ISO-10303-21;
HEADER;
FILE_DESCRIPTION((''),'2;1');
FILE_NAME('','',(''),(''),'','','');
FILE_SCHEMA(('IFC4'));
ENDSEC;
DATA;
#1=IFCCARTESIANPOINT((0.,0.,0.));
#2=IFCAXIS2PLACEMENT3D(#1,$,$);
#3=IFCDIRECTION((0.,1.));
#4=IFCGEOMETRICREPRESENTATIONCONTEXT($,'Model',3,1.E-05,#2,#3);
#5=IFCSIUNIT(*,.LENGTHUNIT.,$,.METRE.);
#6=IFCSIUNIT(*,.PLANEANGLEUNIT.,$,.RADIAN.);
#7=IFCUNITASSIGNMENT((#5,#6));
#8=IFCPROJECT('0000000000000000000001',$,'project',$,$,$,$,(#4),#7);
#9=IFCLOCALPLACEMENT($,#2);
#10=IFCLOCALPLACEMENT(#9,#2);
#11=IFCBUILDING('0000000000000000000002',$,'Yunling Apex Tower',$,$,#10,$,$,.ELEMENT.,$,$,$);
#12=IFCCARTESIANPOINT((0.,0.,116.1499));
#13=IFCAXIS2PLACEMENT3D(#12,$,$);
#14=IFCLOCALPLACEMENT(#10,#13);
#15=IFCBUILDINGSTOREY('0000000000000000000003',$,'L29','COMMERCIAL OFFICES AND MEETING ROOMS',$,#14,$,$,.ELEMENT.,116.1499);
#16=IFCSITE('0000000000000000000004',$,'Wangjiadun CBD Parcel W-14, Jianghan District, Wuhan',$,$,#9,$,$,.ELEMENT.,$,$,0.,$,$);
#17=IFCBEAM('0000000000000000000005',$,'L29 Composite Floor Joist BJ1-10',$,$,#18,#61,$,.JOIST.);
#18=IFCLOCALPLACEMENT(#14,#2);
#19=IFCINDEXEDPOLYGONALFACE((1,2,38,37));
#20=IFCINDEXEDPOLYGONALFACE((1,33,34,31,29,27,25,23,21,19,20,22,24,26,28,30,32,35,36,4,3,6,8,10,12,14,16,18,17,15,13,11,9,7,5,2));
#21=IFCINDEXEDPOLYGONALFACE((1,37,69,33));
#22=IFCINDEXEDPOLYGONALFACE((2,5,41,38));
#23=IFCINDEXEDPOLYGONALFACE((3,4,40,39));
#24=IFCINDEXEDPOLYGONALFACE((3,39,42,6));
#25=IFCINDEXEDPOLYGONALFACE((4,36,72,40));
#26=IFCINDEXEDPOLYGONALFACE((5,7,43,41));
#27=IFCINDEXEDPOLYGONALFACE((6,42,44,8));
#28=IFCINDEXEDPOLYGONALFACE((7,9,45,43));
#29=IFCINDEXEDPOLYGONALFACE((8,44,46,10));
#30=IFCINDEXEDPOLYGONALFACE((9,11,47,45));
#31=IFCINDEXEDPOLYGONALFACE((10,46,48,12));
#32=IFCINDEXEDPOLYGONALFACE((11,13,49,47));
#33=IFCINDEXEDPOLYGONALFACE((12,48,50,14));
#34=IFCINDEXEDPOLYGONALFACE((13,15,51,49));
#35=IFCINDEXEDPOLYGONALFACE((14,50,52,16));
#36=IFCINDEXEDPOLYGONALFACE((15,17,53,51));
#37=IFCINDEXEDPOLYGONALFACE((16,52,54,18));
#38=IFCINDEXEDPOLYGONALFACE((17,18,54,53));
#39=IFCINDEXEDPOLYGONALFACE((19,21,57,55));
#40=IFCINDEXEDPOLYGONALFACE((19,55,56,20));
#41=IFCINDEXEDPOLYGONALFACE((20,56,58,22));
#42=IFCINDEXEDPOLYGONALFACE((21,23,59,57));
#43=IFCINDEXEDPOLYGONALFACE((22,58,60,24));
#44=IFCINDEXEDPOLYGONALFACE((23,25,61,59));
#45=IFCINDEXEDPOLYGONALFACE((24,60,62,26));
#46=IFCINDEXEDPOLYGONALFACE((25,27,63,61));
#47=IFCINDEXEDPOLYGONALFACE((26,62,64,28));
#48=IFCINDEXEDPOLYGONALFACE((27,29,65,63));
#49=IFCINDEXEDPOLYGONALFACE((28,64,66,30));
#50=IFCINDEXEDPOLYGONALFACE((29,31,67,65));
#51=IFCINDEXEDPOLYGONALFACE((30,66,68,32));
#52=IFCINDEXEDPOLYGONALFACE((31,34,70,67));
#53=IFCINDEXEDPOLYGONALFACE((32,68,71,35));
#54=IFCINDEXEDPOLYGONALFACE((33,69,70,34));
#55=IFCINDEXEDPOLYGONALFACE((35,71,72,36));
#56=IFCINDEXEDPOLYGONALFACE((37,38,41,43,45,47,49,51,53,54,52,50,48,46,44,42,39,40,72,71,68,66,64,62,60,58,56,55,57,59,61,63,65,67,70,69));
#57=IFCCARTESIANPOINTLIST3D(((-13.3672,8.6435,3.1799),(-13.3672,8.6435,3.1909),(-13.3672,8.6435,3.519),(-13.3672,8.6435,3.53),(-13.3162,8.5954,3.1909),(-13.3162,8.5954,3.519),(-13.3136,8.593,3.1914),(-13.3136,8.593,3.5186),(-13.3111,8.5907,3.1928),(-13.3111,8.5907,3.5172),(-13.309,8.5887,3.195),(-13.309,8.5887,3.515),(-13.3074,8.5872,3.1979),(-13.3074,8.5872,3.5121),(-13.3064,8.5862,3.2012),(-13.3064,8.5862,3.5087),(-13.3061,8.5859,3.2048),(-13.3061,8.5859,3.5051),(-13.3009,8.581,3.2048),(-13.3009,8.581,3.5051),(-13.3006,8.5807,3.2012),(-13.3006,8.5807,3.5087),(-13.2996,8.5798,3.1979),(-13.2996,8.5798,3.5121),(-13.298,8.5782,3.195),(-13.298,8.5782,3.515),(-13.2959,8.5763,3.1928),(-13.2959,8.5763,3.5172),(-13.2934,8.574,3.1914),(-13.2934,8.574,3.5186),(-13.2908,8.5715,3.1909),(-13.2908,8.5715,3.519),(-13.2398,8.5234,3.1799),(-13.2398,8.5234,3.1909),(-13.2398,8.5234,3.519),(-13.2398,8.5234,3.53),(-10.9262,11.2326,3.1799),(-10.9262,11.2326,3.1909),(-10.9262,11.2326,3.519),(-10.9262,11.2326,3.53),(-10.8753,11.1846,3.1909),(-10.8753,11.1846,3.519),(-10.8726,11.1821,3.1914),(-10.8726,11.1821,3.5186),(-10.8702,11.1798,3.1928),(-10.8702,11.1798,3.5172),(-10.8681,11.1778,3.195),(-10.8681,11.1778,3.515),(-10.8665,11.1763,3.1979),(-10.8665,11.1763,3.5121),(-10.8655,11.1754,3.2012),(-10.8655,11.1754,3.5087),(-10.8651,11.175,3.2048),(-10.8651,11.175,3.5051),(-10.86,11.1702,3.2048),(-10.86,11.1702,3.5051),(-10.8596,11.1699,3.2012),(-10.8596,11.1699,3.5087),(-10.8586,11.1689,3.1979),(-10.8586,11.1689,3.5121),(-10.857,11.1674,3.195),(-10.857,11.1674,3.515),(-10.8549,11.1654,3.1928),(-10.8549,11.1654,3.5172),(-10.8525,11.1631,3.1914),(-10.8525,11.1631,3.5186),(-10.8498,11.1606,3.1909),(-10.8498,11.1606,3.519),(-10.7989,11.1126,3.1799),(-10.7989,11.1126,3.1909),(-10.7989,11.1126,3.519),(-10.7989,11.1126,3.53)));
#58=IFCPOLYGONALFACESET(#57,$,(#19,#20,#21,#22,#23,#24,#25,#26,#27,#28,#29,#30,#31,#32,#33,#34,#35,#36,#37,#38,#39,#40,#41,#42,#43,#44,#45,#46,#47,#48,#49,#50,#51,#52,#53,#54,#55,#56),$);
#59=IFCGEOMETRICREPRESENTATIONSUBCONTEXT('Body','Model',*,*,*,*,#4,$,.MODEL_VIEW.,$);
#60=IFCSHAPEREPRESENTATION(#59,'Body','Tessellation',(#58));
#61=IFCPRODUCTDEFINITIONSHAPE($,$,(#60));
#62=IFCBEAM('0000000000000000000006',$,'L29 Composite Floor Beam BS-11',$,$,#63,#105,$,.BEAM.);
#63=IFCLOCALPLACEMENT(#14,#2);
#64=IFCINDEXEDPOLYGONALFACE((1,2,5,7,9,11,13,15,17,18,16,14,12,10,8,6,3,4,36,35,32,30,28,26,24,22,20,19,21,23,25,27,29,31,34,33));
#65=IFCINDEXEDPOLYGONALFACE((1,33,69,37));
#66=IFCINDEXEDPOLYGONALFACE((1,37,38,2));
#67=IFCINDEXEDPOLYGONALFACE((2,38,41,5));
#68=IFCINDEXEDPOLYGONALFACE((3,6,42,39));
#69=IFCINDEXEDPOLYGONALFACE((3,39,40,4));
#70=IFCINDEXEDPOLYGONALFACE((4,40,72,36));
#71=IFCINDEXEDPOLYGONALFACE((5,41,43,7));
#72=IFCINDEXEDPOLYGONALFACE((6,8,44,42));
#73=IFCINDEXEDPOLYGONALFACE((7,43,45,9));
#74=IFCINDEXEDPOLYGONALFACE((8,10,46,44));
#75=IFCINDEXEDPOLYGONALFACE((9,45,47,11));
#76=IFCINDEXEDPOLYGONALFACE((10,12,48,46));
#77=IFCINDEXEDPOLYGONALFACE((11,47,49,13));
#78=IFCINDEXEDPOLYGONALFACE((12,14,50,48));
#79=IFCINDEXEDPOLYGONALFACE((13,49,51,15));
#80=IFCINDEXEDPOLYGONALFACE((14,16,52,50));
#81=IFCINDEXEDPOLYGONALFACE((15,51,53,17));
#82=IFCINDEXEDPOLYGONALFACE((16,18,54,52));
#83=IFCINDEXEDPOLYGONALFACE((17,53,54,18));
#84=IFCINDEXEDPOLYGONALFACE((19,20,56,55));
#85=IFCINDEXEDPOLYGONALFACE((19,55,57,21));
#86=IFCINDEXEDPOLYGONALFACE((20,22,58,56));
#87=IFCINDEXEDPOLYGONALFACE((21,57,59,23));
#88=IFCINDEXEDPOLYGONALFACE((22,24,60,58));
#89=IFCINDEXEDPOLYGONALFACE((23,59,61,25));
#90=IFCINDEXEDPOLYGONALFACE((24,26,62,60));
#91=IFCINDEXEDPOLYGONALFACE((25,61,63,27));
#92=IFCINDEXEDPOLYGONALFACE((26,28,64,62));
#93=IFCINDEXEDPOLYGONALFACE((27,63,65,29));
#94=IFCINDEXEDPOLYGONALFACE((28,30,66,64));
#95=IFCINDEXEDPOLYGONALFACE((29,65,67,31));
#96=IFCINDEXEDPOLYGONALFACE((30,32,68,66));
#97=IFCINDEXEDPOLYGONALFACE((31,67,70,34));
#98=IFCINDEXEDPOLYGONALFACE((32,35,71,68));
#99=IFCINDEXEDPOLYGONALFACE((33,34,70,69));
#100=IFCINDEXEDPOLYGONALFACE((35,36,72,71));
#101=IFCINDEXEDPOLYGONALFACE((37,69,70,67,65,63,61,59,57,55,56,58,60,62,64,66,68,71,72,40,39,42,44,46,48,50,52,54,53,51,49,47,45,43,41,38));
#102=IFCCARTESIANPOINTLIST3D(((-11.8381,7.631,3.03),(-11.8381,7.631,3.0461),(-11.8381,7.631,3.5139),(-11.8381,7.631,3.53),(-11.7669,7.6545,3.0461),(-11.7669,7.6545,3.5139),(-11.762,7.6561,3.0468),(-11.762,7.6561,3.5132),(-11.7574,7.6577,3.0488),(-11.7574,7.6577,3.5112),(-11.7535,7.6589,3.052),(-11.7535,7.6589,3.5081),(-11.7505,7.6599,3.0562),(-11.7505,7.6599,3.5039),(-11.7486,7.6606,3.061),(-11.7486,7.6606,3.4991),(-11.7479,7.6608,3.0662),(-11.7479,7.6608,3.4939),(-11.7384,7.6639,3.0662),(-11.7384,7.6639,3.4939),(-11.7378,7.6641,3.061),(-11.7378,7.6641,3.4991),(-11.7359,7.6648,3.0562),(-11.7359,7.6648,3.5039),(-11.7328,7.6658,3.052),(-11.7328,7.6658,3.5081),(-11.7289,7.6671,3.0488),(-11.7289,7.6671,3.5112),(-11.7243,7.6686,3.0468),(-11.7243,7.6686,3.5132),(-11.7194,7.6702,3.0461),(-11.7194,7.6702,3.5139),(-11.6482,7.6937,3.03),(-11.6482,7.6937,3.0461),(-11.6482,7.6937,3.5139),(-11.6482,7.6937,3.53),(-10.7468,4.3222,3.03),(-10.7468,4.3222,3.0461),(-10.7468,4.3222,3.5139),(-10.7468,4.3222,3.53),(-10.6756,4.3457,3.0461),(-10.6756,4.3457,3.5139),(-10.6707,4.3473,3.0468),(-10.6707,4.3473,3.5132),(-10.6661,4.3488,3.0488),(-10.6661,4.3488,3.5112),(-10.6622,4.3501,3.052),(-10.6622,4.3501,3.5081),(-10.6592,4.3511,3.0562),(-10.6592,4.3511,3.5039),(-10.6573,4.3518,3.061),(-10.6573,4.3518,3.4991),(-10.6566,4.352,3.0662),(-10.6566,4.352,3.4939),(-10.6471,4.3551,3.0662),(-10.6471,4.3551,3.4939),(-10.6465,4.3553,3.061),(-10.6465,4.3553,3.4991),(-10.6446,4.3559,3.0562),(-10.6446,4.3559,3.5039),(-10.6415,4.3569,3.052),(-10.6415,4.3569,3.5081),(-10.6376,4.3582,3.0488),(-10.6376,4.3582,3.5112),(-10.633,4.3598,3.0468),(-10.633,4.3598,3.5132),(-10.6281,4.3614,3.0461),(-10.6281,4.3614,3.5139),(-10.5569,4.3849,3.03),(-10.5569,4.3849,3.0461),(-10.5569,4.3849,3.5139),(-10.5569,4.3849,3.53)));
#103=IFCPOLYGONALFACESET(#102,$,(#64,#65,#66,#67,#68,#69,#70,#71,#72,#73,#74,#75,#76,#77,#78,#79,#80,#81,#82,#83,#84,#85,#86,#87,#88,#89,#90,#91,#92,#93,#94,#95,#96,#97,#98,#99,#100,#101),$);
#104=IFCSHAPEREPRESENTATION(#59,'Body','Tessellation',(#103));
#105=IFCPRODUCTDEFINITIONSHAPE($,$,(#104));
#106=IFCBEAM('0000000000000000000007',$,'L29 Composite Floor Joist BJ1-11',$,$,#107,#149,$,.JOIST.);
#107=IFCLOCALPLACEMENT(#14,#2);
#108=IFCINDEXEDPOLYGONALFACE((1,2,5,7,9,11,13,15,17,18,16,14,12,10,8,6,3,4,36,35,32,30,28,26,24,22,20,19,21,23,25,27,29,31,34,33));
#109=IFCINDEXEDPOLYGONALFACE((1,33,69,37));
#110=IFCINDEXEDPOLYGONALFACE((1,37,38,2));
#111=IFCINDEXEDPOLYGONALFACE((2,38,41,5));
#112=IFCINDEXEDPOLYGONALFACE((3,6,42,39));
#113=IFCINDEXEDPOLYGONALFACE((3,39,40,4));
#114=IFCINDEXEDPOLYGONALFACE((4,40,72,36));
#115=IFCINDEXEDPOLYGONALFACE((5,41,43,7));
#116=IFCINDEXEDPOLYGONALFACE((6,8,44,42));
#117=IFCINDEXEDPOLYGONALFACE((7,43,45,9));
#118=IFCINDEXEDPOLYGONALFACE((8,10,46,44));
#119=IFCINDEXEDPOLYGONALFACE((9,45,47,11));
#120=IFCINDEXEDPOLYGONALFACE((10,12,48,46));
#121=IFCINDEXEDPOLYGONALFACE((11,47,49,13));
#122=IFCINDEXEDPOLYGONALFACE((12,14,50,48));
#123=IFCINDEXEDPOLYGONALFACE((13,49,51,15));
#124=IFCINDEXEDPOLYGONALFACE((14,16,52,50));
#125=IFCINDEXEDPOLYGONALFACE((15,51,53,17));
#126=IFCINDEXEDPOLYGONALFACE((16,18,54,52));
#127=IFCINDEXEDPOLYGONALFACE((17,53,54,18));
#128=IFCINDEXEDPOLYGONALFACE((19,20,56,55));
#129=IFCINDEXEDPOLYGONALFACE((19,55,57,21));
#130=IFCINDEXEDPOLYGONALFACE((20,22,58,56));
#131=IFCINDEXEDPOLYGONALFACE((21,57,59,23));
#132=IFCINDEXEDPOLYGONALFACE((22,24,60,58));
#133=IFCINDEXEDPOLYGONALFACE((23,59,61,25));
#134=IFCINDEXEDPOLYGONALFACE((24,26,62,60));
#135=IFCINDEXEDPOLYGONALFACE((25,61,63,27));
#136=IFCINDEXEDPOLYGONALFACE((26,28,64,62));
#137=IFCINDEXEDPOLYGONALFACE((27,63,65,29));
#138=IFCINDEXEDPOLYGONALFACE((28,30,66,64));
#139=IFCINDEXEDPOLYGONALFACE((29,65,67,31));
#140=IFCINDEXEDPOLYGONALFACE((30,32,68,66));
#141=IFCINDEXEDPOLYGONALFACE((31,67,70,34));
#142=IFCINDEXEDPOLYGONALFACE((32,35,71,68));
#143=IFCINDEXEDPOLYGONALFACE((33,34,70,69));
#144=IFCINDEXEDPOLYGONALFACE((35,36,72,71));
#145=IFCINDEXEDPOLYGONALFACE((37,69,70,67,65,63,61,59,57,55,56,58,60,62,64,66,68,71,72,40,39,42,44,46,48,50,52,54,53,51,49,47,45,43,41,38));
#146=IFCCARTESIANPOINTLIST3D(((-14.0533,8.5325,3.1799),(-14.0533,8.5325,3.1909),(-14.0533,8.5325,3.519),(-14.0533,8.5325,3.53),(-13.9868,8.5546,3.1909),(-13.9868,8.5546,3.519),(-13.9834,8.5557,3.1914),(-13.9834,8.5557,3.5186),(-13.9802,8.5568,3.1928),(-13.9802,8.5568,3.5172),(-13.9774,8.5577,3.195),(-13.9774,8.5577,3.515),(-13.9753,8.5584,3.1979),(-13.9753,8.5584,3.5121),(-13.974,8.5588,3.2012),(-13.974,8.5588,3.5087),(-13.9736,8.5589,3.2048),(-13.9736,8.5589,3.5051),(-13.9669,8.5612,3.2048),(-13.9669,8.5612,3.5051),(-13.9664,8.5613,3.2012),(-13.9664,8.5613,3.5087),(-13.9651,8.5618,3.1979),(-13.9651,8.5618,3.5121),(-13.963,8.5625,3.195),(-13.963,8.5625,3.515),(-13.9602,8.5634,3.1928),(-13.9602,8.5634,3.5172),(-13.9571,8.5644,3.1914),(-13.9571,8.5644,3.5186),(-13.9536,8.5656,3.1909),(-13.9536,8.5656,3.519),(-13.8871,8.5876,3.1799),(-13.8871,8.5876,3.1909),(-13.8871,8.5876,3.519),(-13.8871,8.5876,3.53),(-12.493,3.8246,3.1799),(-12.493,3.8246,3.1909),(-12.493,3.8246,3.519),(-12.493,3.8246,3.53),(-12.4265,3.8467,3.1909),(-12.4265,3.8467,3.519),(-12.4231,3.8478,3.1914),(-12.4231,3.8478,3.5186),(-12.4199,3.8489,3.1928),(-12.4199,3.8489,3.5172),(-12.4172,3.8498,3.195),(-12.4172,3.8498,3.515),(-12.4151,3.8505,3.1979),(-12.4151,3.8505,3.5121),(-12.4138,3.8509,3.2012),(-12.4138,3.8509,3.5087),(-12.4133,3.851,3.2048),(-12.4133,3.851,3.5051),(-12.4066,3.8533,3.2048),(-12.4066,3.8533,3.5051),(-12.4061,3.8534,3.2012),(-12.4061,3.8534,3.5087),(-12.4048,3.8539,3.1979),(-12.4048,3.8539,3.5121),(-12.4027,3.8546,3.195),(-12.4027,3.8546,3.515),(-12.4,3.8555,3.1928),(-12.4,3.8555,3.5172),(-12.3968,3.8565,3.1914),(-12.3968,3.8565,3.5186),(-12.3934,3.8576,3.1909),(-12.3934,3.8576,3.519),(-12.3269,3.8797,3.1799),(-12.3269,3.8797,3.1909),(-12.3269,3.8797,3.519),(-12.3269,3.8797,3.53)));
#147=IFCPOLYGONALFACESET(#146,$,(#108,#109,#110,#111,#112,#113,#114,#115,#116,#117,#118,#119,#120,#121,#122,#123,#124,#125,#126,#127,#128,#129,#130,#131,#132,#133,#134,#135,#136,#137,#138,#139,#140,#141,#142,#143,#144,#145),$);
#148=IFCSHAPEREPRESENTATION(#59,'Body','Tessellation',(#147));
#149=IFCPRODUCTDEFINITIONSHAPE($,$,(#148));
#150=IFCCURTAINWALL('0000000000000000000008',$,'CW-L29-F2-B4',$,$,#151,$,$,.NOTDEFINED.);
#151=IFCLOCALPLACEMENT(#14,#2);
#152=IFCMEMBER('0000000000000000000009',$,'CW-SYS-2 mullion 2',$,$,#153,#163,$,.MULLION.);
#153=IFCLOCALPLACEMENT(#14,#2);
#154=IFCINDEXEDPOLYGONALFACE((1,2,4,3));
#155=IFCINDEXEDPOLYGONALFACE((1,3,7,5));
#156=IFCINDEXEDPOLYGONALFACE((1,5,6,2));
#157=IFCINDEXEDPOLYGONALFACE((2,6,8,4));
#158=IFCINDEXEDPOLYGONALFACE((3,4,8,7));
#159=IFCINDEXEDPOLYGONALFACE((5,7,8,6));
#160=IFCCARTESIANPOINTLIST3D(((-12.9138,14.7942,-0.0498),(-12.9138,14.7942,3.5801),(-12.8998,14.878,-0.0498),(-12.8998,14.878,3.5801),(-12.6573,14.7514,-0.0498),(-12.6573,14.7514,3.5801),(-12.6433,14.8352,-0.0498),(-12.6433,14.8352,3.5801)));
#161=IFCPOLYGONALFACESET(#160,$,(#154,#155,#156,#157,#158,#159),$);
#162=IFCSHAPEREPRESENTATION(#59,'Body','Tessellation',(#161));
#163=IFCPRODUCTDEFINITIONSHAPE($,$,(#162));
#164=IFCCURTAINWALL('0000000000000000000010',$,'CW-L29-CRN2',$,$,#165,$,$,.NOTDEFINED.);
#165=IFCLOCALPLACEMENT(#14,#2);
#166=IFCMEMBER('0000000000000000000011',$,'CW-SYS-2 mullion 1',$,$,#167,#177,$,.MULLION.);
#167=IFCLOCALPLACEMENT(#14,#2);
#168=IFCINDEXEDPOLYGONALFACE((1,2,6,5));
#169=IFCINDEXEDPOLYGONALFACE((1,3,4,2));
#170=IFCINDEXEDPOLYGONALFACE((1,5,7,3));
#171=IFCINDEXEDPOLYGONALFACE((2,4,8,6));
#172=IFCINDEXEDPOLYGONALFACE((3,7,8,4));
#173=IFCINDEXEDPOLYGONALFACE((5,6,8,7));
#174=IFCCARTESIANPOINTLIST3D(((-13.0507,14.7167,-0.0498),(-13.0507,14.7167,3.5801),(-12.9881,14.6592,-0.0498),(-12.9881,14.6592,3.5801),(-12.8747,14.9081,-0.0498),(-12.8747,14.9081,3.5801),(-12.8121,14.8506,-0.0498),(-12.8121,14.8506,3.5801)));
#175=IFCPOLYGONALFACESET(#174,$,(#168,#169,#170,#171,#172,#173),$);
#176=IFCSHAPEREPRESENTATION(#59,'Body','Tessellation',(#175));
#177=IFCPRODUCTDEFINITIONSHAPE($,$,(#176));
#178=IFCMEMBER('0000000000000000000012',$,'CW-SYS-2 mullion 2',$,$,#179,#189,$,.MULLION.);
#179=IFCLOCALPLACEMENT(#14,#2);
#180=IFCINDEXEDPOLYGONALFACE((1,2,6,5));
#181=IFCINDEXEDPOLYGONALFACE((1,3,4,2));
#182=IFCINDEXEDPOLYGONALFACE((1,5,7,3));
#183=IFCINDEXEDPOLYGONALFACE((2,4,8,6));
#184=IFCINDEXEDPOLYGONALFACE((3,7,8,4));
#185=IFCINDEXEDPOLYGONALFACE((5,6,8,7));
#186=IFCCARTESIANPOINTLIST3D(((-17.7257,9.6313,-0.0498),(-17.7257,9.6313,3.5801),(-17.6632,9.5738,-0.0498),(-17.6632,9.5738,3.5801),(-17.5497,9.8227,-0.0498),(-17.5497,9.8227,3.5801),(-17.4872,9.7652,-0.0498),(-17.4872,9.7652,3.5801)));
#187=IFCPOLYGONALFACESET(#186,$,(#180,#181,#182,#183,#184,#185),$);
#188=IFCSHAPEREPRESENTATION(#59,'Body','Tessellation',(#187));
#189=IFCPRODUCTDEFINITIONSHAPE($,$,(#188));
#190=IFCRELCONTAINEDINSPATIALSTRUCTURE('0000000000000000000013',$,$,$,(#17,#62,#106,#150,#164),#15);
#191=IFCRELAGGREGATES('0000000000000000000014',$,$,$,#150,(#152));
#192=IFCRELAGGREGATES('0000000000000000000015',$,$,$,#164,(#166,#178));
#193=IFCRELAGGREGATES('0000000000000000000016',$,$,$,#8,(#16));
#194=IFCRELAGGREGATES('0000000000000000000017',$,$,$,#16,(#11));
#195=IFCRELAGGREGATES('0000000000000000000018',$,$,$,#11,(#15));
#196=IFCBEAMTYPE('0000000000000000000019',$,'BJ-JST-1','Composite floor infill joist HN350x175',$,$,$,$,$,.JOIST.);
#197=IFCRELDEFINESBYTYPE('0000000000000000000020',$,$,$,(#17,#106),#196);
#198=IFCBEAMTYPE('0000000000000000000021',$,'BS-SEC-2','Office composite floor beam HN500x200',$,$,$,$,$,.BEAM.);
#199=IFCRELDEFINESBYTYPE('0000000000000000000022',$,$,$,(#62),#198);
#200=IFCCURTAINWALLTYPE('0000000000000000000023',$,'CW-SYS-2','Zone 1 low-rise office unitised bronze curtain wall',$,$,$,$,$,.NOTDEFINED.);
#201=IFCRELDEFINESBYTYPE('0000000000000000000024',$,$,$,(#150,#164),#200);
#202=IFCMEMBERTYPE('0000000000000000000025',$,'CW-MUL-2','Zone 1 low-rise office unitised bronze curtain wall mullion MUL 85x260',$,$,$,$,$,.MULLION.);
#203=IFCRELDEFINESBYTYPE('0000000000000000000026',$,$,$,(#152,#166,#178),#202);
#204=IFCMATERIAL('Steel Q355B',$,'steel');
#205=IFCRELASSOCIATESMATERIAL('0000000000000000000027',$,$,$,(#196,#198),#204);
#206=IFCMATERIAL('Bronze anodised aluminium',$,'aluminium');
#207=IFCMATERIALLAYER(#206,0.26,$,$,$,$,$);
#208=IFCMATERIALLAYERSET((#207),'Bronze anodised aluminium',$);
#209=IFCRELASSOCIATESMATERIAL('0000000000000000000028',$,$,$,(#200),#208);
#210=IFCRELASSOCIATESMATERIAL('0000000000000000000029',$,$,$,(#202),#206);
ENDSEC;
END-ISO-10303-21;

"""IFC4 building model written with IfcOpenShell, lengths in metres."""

from ifc_helpers import new_model, si_unit, direction, frame, origin, origin_2d, place, context, subcontext, project, spatial, rectangle, i_section, extrude, source, transform, mapped, material, layer, layer_set, material_profile, profile_set, type_object, element, aggregate, save


model = new_model("IFC4")

# Units and contexts
model_context = context("Model", 3, precision=1e-05, world=origin(), true_north=direction((0.0, 1.0)))
body_context = subcontext(model_context, "Body", "Model", "MODEL_VIEW")
ifc_project = project(units=[si_unit("LENGTHUNIT", "METRE"), si_unit("PLANEANGLEUNIT", "RADIAN")], contexts=[model_context])

# Site, building, storey
site_placement = place(None, origin())
site = spatial("IfcSite", under=ifc_project, at=site_placement, Name="Wangjiadun CBD Parcel W-14, Jianghan District, Wuhan", CompositionType="ELEMENT", RefElevation=0.0)
building_placement = place(site_placement, origin())
building = spatial("IfcBuilding", under=site, at=building_placement, Name="Yunling Apex Tower", CompositionType="ELEMENT")
storey_placement = place(building_placement, frame((0.0, 0.0, 116.1499)))
storey = spatial("IfcBuildingStorey", under=building, at=storey_placement, Name="L29", Description="COMMERCIAL OFFICES AND MEETING ROOMS", CompositionType="ELEMENT", Elevation=116.1499)

# Beams
ifc_material_1 = material(Name="Steel Q355B", Category="steel")
ifc_material_profile_1 = material_profile(ifc_material_1, i_section(OverallWidth=0.175, OverallDepth=0.3501, WebThickness=0.0071, FlangeThickness=0.011, FilletRadius=0.0139, at=origin_2d()))
ifc_profile_set_1 = profile_set([ifc_material_profile_1], Name="Steel Q355B")
beam_type_1 = type_object("IfcBeamType", Name="BJ-JST-1", Description="Composite floor infill joist HN350x175", PredefinedType="JOIST", material=ifc_profile_set_1)
shared_shape_1 = source(origin(), body_context, "Body", "SweptSolid", [
    extrude(i_section(OverallWidth=0.175, OverallDepth=0.3501, WebThickness=0.0071, FlangeThickness=0.011, FilletRadius=0.0139, at=origin_2d()), origin(), (0.0, 0.0, 1.0), 3.5583),
])
beam_1_placement = place(storey_placement, frame((-10.8625, 11.1726, 3.355), z_axis=(-0.685977, -0.727624, 0.0), x_axis=(0.727624, -0.685977, 0.0)))
element("IfcBeam", 1, at=beam_1_placement, inside=storey, type_object=beam_type_1, Name="L29 Composite Floor Joist BJ1-10", PredefinedType="JOIST", context=body_context, shape_type="MappedRepresentation", body=[
    mapped(shared_shape_1, transform((0.0, 0.0, 0.0), scale=1.0)),
])
ifc_material_profile_2 = material_profile(ifc_material_1, i_section(OverallWidth=0.2, OverallDepth=0.5, WebThickness=0.01, FlangeThickness=0.0161, FilletRadius=0.02, at=origin_2d()))
ifc_profile_set_2 = profile_set([ifc_material_profile_2], Name="Steel Q355B")
beam_type_2 = type_object("IfcBeamType", Name="BS-SEC-2", Description="Office composite floor beam HN500x200", PredefinedType="BEAM", material=ifc_profile_set_2)
shared_shape_2 = source(origin(), body_context, "Body", "SweptSolid", [
    extrude(i_section(OverallWidth=0.2, OverallDepth=0.5, WebThickness=0.01, FlangeThickness=0.0161, FilletRadius=0.02, at=origin_2d()), origin(), (0.0, 0.0, 1.0), 3.4841),
])
beam_2_placement = place(storey_placement, frame((-11.7432, 7.6624, 3.28), z_axis=(0.31322, -0.949681, 0.0), x_axis=(0.949681, 0.31322, 0.0)))
element("IfcBeam", 2, at=beam_2_placement, inside=storey, type_object=beam_type_2, Name="L29 Composite Floor Beam BS-11", PredefinedType="BEAM", context=body_context, shape_type="MappedRepresentation", body=[
    mapped(shared_shape_2, transform((0.0, 0.0, 0.0), scale=1.0)),
])
shared_shape_3 = source(origin(), body_context, "Body", "SweptSolid", [
    extrude(i_section(OverallWidth=0.175, OverallDepth=0.3501, WebThickness=0.0071, FlangeThickness=0.011, FilletRadius=0.0139, at=origin_2d()), origin(), (0.0, 0.0, 1.0), 4.9597),
])
beam_3_placement = place(storey_placement, frame((-13.9702, 8.5601, 3.355), z_axis=(0.314588, -0.949228, 0.0), x_axis=(0.949228, 0.314588, 0.0)))
element("IfcBeam", 3, at=beam_3_placement, inside=storey, type_object=beam_type_1, Name="L29 Composite Floor Joist BJ1-11", PredefinedType="JOIST", context=body_context, shape_type="MappedRepresentation", body=[
    mapped(shared_shape_3, transform((0.0, 0.0, 0.0), scale=1.0)),
])

# Curtain wall, member
ifc_material_2 = material(Name="Bronze anodised aluminium", Category="aluminium")
ifc_layer_1 = layer(ifc_material_2, 0.26)
ifc_layer_set_1 = layer_set([ifc_layer_1], Name="Bronze anodised aluminium")
curtain_wall_type = type_object("IfcCurtainWallType", Name="CW-SYS-2", Description="Zone 1 low-rise office unitised bronze curtain wall", PredefinedType="NOTDEFINED", material=ifc_layer_set_1)
curtain_wall_1_placement = place(storey_placement, origin())
curtain_wall_1 = element("IfcCurtainWall", 4, at=curtain_wall_1_placement, inside=storey, type_object=curtain_wall_type, Name="CW-L29-F2-B4", PredefinedType="NOTDEFINED")
ifc_material_profile_3 = material_profile(ifc_material_2, rectangle(XDim=0.085, YDim=0.26, at=origin_2d()))
ifc_profile_set_3 = profile_set([ifc_material_profile_3], Name="Bronze anodised aluminium")
member_type_1 = type_object("IfcMemberType", Name="CW-MUL-2", Description="Zone 1 low-rise office unitised bronze curtain wall mullion MUL 85x260", PredefinedType="MULLION", material=ifc_profile_set_3)
shared_shape_4 = source(origin(), body_context, "Body", "SweptSolid", [
    extrude(rectangle(XDim=0.085, YDim=0.26, at=origin_2d()), origin(), (0.0, 0.0, 1.0), 3.6299),
])
member_1_placement = place(storey_placement, frame((-12.7786, 14.8147, -0.0498), z_axis=(0.0, 0.0, 1.0), x_axis=(-0.16436, -0.9864, 0.0)))
member_1 = element("IfcMember", 5, at=member_1_placement, type_object=member_type_1, Name="CW-SYS-2 mullion 2", PredefinedType="MULLION", context=body_context, shape_type="MappedRepresentation", body=[
    mapped(shared_shape_4, transform((0.0, 0.0, 0.0), scale=1.0)),
])
aggregate(curtain_wall_1, [member_1])

# Curtain wall, members
curtain_wall_2_placement = place(storey_placement, origin())
curtain_wall_2 = element("IfcCurtainWall", 6, at=curtain_wall_2_placement, inside=storey, type_object=curtain_wall_type, Name="CW-L29-CRN2", PredefinedType="NOTDEFINED")
member_2_placement = place(storey_placement, frame((-12.9314, 14.7837, -0.0498), z_axis=(0.0, 0.0, 1.0), x_axis=(0.736185, -0.676781, 0.0)))
member_2 = element("IfcMember", 7, at=member_2_placement, type_object=member_type_1, Name="CW-SYS-2 mullion 1", PredefinedType="MULLION", context=body_context, shape_type="MappedRepresentation", body=[
    mapped(shared_shape_4, transform((0.0, 0.0, 0.0), scale=1.0)),
])
member_3_placement = place(storey_placement, frame((-17.6064, 9.6982, -0.0498), z_axis=(0.0, 0.0, 1.0), x_axis=(0.736185, -0.676781, 0.0)))
member_3 = element("IfcMember", 8, at=member_3_placement, type_object=member_type_1, Name="CW-SYS-2 mullion 2", PredefinedType="MULLION", context=body_context, shape_type="MappedRepresentation", body=[
    mapped(shared_shape_4, transform((0.0, 0.0, 0.0), scale=1.0)),
])

aggregate(curtain_wall_2, [member_2, member_3])

save(model, "model.ifc")
